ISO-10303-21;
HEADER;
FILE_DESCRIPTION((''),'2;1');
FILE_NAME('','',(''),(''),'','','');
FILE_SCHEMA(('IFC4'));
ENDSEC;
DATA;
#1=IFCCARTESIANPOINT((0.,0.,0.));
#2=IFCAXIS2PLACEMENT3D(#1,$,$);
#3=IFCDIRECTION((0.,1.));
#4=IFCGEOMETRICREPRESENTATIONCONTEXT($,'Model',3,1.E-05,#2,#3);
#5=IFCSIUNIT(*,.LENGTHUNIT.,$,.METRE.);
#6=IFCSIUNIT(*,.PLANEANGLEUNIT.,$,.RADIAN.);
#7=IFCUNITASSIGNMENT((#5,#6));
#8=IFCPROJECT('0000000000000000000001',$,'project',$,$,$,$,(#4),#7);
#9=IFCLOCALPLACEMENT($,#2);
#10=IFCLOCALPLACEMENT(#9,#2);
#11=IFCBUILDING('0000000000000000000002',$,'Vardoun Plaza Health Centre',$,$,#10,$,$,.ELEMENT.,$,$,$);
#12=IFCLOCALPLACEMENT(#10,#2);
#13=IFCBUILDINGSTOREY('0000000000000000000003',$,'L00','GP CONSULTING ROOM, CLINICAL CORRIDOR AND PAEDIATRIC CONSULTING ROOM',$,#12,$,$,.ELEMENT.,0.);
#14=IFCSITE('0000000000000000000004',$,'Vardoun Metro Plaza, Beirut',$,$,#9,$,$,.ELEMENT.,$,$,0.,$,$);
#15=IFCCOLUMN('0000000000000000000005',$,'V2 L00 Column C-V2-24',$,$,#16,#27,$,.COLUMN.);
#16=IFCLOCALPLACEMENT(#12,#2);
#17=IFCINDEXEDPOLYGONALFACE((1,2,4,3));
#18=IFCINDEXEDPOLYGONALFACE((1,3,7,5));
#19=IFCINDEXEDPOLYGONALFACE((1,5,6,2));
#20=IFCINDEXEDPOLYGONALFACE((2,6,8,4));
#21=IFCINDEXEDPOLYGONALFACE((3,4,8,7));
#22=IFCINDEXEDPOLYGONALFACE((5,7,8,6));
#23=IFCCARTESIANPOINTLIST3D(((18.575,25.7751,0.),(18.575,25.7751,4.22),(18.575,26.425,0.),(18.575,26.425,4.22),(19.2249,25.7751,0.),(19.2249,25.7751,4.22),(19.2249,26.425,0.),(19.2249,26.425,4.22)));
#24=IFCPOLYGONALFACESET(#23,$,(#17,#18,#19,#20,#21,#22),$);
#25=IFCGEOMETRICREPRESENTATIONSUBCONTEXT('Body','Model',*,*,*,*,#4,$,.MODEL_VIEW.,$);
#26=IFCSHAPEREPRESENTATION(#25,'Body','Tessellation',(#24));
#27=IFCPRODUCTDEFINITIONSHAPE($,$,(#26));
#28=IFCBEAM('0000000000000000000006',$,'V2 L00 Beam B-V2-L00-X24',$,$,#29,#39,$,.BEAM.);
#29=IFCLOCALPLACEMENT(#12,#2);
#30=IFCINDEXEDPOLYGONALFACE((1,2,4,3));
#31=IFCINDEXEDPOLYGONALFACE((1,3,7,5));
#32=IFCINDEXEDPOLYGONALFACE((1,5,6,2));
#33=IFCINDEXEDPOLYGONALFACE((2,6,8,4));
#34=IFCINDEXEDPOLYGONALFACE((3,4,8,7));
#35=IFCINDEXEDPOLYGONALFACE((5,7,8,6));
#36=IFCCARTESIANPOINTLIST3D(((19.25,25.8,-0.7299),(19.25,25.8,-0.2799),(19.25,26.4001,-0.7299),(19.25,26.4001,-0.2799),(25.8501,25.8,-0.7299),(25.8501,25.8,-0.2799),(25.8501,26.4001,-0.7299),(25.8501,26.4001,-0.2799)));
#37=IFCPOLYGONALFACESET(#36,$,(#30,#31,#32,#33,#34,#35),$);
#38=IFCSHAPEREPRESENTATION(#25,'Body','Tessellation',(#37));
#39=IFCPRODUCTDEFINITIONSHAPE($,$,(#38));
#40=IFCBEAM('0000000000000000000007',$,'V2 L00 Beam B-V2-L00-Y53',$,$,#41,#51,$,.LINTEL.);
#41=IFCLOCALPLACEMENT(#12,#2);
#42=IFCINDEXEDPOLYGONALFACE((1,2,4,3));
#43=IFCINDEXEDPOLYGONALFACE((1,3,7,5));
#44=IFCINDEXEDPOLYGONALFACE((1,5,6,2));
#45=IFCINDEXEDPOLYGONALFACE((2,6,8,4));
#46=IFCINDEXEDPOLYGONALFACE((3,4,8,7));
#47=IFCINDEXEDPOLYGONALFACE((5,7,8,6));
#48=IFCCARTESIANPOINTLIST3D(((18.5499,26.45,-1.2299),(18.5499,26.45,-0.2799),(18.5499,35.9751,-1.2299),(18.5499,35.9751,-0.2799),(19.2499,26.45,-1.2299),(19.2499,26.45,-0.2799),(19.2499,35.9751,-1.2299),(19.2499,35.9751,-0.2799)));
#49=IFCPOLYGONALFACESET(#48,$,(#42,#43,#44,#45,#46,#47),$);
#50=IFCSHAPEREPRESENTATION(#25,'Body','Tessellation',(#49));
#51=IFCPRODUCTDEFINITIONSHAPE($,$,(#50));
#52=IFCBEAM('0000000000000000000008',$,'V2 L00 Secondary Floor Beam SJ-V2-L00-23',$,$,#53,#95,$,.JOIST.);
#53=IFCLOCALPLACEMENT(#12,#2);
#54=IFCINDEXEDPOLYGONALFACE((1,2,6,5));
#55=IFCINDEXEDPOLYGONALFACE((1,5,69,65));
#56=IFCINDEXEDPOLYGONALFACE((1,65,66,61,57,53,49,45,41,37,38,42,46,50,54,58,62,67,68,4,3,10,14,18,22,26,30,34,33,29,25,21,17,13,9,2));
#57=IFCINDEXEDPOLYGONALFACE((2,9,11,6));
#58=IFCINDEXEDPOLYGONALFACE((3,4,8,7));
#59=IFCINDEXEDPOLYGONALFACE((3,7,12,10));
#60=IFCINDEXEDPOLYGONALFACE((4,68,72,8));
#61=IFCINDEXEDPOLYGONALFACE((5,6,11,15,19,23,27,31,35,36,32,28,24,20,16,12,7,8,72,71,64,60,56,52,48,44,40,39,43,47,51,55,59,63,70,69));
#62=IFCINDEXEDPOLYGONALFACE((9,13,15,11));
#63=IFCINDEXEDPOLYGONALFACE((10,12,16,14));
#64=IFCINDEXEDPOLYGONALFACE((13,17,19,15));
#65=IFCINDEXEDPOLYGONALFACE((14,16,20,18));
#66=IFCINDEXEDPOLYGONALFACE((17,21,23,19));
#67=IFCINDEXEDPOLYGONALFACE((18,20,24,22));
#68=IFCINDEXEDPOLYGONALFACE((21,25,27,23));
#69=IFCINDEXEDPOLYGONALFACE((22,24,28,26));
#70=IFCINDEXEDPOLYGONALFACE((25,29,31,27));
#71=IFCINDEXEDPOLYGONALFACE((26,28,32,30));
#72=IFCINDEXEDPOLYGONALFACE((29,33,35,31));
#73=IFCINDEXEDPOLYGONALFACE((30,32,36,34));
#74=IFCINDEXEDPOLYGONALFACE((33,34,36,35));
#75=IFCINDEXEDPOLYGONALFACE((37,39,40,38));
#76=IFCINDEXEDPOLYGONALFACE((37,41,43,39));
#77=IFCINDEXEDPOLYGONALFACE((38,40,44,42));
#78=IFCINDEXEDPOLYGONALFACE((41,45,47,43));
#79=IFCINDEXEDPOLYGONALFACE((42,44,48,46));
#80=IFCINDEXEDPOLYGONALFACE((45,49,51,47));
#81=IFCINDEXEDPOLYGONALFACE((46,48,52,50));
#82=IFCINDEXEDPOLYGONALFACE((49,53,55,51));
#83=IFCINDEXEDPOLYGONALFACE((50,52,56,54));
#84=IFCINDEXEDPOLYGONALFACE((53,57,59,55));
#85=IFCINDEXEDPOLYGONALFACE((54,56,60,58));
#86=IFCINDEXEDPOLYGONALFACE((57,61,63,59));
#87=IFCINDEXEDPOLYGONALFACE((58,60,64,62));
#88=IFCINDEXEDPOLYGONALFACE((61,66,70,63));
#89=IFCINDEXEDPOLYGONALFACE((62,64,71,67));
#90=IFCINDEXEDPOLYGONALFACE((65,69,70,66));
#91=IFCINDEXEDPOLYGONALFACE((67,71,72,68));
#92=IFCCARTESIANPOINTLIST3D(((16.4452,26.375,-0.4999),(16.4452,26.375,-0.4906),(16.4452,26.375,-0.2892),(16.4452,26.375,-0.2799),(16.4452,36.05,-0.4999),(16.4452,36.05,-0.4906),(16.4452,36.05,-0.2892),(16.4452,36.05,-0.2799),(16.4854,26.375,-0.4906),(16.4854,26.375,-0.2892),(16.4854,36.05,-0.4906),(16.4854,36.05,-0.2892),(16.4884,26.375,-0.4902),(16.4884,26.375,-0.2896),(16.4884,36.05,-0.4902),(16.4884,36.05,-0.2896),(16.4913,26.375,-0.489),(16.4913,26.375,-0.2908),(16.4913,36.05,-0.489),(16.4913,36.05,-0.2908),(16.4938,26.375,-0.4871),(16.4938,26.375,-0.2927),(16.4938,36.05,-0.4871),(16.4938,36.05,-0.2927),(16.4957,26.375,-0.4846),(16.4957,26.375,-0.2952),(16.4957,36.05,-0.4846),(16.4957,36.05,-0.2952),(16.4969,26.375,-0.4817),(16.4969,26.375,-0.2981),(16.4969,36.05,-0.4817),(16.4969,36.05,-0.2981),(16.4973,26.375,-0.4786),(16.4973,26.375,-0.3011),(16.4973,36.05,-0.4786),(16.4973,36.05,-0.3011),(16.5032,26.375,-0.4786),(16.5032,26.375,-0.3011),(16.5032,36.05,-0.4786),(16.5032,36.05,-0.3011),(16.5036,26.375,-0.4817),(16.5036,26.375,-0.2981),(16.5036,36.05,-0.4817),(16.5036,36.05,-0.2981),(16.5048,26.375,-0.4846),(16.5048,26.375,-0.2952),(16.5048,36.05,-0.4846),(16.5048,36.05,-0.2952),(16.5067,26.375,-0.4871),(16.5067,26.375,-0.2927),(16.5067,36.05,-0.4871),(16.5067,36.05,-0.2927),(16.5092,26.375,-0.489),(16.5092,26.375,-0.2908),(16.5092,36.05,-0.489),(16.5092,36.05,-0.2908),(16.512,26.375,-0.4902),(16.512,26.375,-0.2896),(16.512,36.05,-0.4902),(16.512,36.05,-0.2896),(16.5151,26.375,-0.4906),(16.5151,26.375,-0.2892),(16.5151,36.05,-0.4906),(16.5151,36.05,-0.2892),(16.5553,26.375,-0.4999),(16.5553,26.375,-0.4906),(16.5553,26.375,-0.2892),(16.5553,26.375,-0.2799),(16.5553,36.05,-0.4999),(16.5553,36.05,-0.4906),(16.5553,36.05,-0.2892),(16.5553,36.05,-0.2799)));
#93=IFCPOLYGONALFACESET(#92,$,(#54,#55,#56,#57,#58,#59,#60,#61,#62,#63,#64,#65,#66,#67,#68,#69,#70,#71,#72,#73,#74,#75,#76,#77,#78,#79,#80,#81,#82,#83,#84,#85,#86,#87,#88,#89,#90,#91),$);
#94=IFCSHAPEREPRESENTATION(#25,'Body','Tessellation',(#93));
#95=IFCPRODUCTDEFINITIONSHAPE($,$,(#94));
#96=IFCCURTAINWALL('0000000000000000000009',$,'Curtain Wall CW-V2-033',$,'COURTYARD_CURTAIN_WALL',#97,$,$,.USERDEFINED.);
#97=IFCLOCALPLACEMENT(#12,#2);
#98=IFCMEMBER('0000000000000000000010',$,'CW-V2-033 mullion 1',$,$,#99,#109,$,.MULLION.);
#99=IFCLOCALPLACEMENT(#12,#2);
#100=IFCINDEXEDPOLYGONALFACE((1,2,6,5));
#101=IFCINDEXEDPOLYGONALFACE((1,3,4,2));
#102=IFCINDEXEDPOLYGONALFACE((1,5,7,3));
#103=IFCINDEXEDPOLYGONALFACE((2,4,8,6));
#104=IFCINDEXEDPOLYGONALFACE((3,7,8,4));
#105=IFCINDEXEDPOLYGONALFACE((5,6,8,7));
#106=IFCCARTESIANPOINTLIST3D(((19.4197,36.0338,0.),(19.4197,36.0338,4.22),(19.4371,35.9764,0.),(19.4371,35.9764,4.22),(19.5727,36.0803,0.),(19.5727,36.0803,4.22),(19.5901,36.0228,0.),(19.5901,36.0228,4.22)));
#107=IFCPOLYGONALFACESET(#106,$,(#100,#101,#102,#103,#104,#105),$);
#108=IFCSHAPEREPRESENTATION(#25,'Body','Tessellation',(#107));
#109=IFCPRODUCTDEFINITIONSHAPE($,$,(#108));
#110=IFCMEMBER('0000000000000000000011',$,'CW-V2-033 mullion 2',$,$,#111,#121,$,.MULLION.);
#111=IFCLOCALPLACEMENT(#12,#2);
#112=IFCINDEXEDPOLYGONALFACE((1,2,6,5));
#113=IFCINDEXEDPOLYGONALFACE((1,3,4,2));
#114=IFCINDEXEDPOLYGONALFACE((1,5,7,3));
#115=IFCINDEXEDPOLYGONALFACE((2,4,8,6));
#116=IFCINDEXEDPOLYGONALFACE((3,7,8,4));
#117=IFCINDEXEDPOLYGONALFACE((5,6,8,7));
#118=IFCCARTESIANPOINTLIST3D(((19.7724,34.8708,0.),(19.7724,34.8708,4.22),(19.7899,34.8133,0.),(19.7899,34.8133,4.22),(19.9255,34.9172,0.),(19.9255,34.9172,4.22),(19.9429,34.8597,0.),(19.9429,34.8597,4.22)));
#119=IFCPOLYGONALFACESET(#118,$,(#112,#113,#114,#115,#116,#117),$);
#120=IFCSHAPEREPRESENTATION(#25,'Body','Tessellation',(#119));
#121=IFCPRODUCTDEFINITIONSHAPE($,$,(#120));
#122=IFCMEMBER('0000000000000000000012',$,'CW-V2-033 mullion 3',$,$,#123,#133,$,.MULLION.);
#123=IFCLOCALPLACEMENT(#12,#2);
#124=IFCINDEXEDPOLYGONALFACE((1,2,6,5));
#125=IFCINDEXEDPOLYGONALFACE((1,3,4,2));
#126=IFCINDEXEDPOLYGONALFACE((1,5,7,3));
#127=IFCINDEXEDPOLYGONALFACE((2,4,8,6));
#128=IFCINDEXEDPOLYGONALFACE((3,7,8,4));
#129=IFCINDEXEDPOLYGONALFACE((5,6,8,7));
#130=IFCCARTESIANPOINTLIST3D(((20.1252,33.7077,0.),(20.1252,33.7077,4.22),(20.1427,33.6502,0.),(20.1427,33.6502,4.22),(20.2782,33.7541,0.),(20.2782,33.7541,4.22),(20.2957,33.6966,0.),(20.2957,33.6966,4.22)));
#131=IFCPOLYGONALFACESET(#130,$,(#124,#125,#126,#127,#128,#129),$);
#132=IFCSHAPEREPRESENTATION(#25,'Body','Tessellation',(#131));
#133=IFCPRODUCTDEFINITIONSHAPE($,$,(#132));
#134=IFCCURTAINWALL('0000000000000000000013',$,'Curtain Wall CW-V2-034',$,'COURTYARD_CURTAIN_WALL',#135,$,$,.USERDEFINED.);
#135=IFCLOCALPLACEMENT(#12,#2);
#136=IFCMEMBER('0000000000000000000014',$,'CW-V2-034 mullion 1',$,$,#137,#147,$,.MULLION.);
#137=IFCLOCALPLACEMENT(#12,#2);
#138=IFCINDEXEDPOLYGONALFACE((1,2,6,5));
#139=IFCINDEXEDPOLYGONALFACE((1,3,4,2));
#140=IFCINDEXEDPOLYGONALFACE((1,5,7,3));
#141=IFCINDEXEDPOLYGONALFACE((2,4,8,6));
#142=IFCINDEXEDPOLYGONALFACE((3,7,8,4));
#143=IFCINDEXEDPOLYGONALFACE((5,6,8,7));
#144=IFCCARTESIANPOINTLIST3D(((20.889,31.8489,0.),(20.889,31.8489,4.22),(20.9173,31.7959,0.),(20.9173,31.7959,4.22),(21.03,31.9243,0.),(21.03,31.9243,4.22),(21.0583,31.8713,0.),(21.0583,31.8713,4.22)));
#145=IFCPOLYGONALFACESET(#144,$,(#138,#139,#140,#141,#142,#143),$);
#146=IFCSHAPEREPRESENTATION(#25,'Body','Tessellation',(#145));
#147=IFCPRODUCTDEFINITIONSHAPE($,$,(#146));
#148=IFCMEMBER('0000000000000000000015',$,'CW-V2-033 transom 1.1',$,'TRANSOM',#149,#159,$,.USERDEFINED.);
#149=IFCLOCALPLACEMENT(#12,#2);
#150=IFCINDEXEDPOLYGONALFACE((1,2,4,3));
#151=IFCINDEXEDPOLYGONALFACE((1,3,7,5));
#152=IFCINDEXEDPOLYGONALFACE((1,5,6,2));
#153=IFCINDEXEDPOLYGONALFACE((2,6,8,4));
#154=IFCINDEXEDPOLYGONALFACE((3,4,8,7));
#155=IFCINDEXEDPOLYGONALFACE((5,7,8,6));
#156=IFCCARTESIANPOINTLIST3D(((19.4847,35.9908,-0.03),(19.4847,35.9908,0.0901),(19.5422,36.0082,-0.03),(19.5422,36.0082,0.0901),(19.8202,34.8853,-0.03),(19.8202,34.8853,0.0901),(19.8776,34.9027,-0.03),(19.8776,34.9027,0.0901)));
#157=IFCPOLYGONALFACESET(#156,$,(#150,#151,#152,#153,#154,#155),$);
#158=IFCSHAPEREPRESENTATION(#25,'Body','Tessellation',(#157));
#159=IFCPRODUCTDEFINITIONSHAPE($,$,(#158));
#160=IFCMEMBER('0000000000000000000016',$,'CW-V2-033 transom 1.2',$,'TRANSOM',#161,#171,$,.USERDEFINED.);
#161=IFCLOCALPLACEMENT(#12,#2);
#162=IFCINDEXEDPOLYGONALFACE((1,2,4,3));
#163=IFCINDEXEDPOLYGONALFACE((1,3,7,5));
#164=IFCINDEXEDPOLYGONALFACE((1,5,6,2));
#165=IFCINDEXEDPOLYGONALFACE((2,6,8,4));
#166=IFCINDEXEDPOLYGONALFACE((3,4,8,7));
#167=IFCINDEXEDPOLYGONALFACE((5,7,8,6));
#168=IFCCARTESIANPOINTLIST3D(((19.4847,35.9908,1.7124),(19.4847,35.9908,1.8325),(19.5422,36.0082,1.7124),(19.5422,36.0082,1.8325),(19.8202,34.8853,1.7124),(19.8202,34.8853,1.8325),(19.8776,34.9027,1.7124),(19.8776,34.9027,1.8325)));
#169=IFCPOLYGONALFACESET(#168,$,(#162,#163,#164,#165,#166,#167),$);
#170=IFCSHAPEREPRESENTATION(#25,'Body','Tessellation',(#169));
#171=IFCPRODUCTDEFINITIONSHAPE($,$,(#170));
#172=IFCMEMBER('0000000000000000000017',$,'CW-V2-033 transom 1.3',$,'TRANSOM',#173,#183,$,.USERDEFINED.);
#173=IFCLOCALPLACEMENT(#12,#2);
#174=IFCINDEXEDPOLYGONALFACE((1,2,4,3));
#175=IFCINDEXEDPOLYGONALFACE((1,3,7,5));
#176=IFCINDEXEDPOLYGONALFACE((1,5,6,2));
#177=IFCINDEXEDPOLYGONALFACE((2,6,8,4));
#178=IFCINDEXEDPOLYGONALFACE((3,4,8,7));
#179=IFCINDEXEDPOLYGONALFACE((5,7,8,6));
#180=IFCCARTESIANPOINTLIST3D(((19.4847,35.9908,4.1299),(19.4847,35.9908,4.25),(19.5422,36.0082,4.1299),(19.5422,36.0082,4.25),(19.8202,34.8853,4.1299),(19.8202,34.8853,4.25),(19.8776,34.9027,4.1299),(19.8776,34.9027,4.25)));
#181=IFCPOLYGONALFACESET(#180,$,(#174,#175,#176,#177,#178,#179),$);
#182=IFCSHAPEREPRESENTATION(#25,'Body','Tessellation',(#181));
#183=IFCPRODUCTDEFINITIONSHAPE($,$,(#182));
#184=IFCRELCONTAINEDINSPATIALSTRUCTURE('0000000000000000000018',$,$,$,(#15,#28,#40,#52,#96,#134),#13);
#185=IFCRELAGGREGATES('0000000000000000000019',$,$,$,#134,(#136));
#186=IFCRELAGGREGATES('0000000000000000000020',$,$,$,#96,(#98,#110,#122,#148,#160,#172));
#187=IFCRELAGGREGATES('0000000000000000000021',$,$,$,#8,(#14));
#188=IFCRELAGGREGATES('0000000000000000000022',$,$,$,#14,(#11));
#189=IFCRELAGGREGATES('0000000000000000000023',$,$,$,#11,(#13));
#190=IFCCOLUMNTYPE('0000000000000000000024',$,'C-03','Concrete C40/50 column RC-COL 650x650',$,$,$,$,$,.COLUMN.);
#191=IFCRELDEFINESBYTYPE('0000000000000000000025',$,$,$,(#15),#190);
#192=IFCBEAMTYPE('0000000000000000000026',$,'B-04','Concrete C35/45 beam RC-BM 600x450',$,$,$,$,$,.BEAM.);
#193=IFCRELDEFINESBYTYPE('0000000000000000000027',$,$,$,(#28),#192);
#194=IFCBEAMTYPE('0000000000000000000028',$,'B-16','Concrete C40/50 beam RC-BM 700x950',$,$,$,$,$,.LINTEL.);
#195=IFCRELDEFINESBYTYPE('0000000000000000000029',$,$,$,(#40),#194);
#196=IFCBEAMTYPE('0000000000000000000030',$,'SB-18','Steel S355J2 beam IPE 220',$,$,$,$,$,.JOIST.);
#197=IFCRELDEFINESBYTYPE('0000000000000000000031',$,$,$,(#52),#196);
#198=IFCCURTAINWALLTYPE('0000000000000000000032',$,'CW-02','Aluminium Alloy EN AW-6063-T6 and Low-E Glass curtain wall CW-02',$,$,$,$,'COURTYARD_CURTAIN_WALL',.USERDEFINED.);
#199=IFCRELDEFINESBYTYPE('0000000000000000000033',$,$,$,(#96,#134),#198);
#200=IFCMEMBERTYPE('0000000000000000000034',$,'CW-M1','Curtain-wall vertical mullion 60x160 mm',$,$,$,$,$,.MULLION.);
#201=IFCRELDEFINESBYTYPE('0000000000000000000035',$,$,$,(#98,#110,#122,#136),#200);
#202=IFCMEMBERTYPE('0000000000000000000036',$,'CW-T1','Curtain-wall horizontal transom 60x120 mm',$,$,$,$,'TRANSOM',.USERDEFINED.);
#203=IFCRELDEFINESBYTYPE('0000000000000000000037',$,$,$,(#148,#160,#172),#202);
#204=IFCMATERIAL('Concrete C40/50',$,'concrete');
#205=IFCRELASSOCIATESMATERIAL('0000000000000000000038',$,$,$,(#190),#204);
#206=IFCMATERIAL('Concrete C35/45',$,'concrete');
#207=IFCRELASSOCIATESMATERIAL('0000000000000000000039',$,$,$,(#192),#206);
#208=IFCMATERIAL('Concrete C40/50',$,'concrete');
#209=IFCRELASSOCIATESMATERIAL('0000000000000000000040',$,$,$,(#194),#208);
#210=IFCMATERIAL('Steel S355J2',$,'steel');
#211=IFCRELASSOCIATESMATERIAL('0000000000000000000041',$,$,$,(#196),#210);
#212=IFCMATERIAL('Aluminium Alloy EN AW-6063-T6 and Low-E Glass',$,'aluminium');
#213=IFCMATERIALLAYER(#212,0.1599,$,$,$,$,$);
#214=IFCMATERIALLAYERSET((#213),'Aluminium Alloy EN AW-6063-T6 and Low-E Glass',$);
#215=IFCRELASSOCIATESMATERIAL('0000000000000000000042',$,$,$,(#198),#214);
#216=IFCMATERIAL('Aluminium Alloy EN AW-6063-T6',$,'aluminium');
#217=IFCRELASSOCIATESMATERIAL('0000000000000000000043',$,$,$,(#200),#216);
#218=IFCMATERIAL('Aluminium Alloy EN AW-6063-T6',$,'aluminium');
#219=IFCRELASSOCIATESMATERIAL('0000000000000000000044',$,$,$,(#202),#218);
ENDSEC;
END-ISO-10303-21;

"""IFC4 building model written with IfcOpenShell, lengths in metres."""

from ifc_helpers import new_model, si_unit, direction, frame, origin, origin_2d, place, context, subcontext, project, spatial, rectangle, i_section, extrude, material, layer, layer_set, material_profile, profile_set, type_object, element, aggregate, save


model = new_model("IFC4")

# Units and contexts
model_context = context("Model", 3, precision=1e-05, world=origin(), true_north=direction((0.0, 1.0)))
body_context = subcontext(model_context, "Body", "Model", "MODEL_VIEW")
ifc_project = project(units=[si_unit("LENGTHUNIT", "METRE"), si_unit("PLANEANGLEUNIT", "RADIAN")], contexts=[model_context])

# Site, building, storey
site_placement = place(None, origin())
site = spatial("IfcSite", under=ifc_project, at=site_placement, Name="Vardoun Metro Plaza, Beirut", CompositionType="ELEMENT", RefElevation=0.0)
building_placement = place(site_placement, origin())
building = spatial("IfcBuilding", under=site, at=building_placement, Name="Vardoun Plaza Health Centre", CompositionType="ELEMENT")
storey_placement = place(building_placement, origin())
storey = spatial("IfcBuildingStorey", under=building, at=storey_placement, Name="L00", Description="GP CONSULTING ROOM, CLINICAL CORRIDOR AND PAEDIATRIC CONSULTING ROOM", CompositionType="ELEMENT", Elevation=0.0)

# Column
ifc_material_1 = material(Name="Concrete C40/50", Category="concrete")
ifc_material_profile_1 = material_profile(ifc_material_1, rectangle(XDim=0.6499, YDim=0.6499, at=origin_2d()), Name="RC-COL 650x650")
ifc_profile_set_1 = profile_set([ifc_material_profile_1], Name="Concrete C40/50")
column_type = type_object("IfcColumnType", Name="C-03", Description="Concrete C40/50 column RC-COL 650x650", PredefinedType="COLUMN", material=ifc_profile_set_1)
column_placement = place(storey_placement, frame((18.8999, 26.1001, 0.0), z_axis=(0.0, 0.0, 1.0), x_axis=(1.0, 0.0, 0.0)))
element("IfcColumn", 1, at=column_placement, inside=storey, type_object=column_type, Name="V2 L00 Column C-V2-24", PredefinedType="COLUMN", context=body_context, shape_type="SweptSolid", body=[
    extrude(rectangle(XDim=0.6499, YDim=0.6499, at=origin_2d()), origin(), (0.0, 0.0, 1.0), 4.22),
])

# Beams
ifc_material_2 = material(Name="Concrete C35/45", Category="concrete")
ifc_material_profile_2 = material_profile(ifc_material_2, rectangle(XDim=0.6001, YDim=0.45, at=origin_2d()), Name="RC-BM 600x450")
ifc_profile_set_2 = profile_set([ifc_material_profile_2], Name="Concrete C35/45")
beam_type_1 = type_object("IfcBeamType", Name="B-04", Description="Concrete C35/45 beam RC-BM 600x450", PredefinedType="BEAM", material=ifc_profile_set_2)
beam_1_placement = place(storey_placement, frame((19.25, 26.1001, -0.5049), z_axis=(1.0, 0.0, 0.0), x_axis=(0.0, 1.0, 0.0)))
element("IfcBeam", 2, at=beam_1_placement, inside=storey, type_object=beam_type_1, Name="V2 L00 Beam B-V2-L00-X24", PredefinedType="BEAM", context=body_context, shape_type="SweptSolid", body=[
    extrude(rectangle(XDim=0.6001, YDim=0.45, at=origin_2d()), origin(), (0.0, 0.0, 1.0), 6.6001),
])
ifc_material_3 = material(Name="Concrete C40/50", Category="concrete")
ifc_material_profile_3 = material_profile(ifc_material_3, rectangle(XDim=0.7, YDim=0.95, at=origin_2d()), Name="RC-BM 700x950")
ifc_profile_set_3 = profile_set([ifc_material_profile_3], Name="Concrete C40/50")
beam_type_2 = type_object("IfcBeamType", Name="B-16", Description="Concrete C40/50 beam RC-BM 700x950", PredefinedType="LINTEL", material=ifc_profile_set_3)
beam_2_placement = place(storey_placement, frame((18.8999, 26.45, -0.7549), z_axis=(0.0, 1.0, 0.0), x_axis=(-1.0, 0.0, 0.0)))
element("IfcBeam", 3, at=beam_2_placement, inside=storey, type_object=beam_type_2, Name="V2 L00 Beam B-V2-L00-Y53", PredefinedType="LINTEL", context=body_context, shape_type="SweptSolid", body=[
    extrude(rectangle(XDim=0.7, YDim=0.95, at=origin_2d()), origin(), (0.0, 0.0, 1.0), 9.5251),
])
ifc_material_4 = material(Name="Steel S355J2", Category="steel")
ifc_material_profile_4 = material_profile(ifc_material_4, i_section(OverallWidth=0.1101, OverallDepth=0.22, WebThickness=0.0059, FlangeThickness=0.0093, FilletRadius=0.012, at=origin_2d()), Name="IPE 220")
ifc_profile_set_4 = profile_set([ifc_material_profile_4], Name="Steel S355J2")
beam_type_3 = type_object("IfcBeamType", Name="SB-18", Description="Steel S355J2 beam IPE 220", PredefinedType="JOIST", material=ifc_profile_set_4)
beam_3_placement = place(storey_placement, frame((16.5002, 26.375, -0.3899), z_axis=(0.0, 1.0, 0.0), x_axis=(-1.0, 0.0, 0.0)))
element("IfcBeam", 4, at=beam_3_placement, inside=storey, type_object=beam_type_3, Name="V2 L00 Secondary Floor Beam SJ-V2-L00-23", PredefinedType="JOIST", context=body_context, shape_type="SweptSolid", body=[
    extrude(i_section(OverallWidth=0.1101, OverallDepth=0.22, WebThickness=0.0059, FlangeThickness=0.0093, FilletRadius=0.012, at=origin_2d()), origin(), (0.0, 0.0, 1.0), 9.675),
])

# Curtain wall, members
ifc_material_5 = material(Name="Aluminium Alloy EN AW-6063-T6 and Low-E Glass", Category="aluminium")
ifc_layer_1 = layer(ifc_material_5, 0.1599)
ifc_layer_set_1 = layer_set([ifc_layer_1], Name="Aluminium Alloy EN AW-6063-T6 and Low-E Glass")
curtain_wall_type = type_object("IfcCurtainWallType", Name="CW-02", Description="Aluminium Alloy EN AW-6063-T6 and Low-E Glass curtain wall CW-02", ElementType="COURTYARD_CURTAIN_WALL", PredefinedType="USERDEFINED", material=ifc_layer_set_1)
curtain_wall_1_placement = place(storey_placement, origin())
curtain_wall_1 = element("IfcCurtainWall", 5, at=curtain_wall_1_placement, inside=storey, type_object=curtain_wall_type, Name="Curtain Wall CW-V2-033", ObjectType="COURTYARD_CURTAIN_WALL", PredefinedType="USERDEFINED")
ifc_material_6 = material(Name="Aluminium Alloy EN AW-6063-T6", Category="aluminium")
ifc_material_profile_5 = material_profile(ifc_material_6, rectangle(XDim=0.1599, YDim=0.0601, at=origin_2d()), Name="CWM 60x160")
ifc_profile_set_5 = profile_set([ifc_material_profile_5], Name="Aluminium Alloy EN AW-6063-T6")
member_type_1 = type_object("IfcMemberType", Name="CW-M1", Description="Curtain-wall vertical mullion 60x160 mm", PredefinedType="MULLION", material=ifc_profile_set_5)
member_1_placement = place(storey_placement, frame((19.5049, 36.0283, 0.0), z_axis=(0.0, 0.0, 1.0), x_axis=(0.956936, 0.2903, 0.0)))
member_1 = element("IfcMember", 6, at=member_1_placement, type_object=member_type_1, Name="CW-V2-033 mullion 1", PredefinedType="MULLION", context=body_context, shape_type="SweptSolid", body=[
    extrude(rectangle(XDim=0.1599, YDim=0.0601, at=origin_2d()), origin(), (0.0, 0.0, 1.0), 4.22),
])
member_2_placement = place(storey_placement, frame((19.8577, 34.8652, 0.0), z_axis=(0.0, 0.0, 1.0), x_axis=(0.956936, 0.2903, 0.0)))
member_2 = element("IfcMember", 7, at=member_2_placement, type_object=member_type_1, Name="CW-V2-033 mullion 2", PredefinedType="MULLION", context=body_context, shape_type="SweptSolid", body=[
    extrude(rectangle(XDim=0.1599, YDim=0.0601, at=origin_2d()), origin(), (0.0, 0.0, 1.0), 4.22),
])
member_3_placement = place(storey_placement, frame((20.2104, 33.7021, 0.0), z_axis=(0.0, 0.0, 1.0), x_axis=(0.956936, 0.2903, 0.0)))
member_3 = element("IfcMember", 8, at=member_3_placement, type_object=member_type_1, Name="CW-V2-033 mullion 3", PredefinedType="MULLION", context=body_context, shape_type="SweptSolid", body=[
    extrude(rectangle(XDim=0.1599, YDim=0.0601, at=origin_2d()), origin(), (0.0, 0.0, 1.0), 4.22),
])

# Curtain wall, member
curtain_wall_2_placement = place(storey_placement, origin())
curtain_wall_2 = element("IfcCurtainWall", 9, at=curtain_wall_2_placement, inside=storey, type_object=curtain_wall_type, Name="Curtain Wall CW-V2-034", ObjectType="COURTYARD_CURTAIN_WALL", PredefinedType="USERDEFINED")
member_4_placement = place(storey_placement, frame((20.9736, 31.8601, 0.0), z_axis=(0.0, 0.0, 1.0), x_axis=(0.881922, 0.471395, 0.0)))
member_4 = element("IfcMember", 10, at=member_4_placement, type_object=member_type_1, Name="CW-V2-034 mullion 1", PredefinedType="MULLION", context=body_context, shape_type="SweptSolid", body=[
    extrude(rectangle(XDim=0.1599, YDim=0.0601, at=origin_2d()), origin(), (0.0, 0.0, 1.0), 4.22),
])
aggregate(curtain_wall_2, [member_4])

# Members
ifc_material_7 = material(Name="Aluminium Alloy EN AW-6063-T6", Category="aluminium")
ifc_material_profile_6 = material_profile(ifc_material_7, rectangle(XDim=0.0601, YDim=0.1201, at=origin_2d()), Name="CWT 60x120")
ifc_profile_set_6 = profile_set([ifc_material_profile_6], Name="Aluminium Alloy EN AW-6063-T6")
member_type_2 = type_object("IfcMemberType", Name="CW-T1", Description="Curtain-wall horizontal transom 60x120 mm", ElementType="TRANSOM", PredefinedType="USERDEFINED", material=ifc_profile_set_6)
member_5_placement = place(storey_placement, frame((19.5134, 35.9995, 0.03), z_axis=(0.290371, -0.956914, 0.0), x_axis=(0.956914, 0.290371, 0.0)))
member_5 = element("IfcMember", 11, at=member_5_placement, type_object=member_type_2, Name="CW-V2-033 transom 1.1", ObjectType="TRANSOM", PredefinedType="USERDEFINED", context=body_context, shape_type="SweptSolid", body=[
    extrude(rectangle(XDim=0.0601, YDim=0.1201, at=origin_2d()), origin(), (0.0, 0.0, 1.0), 1.1553),
])
member_6_placement = place(storey_placement, frame((19.5134, 35.9995, 1.7725), z_axis=(0.290371, -0.956914, 0.0), x_axis=(0.956914, 0.290371, 0.0)))
member_6 = element("IfcMember", 12, at=member_6_placement, type_object=member_type_2, Name="CW-V2-033 transom 1.2", ObjectType="TRANSOM", PredefinedType="USERDEFINED", context=body_context, shape_type="SweptSolid", body=[
    extrude(rectangle(XDim=0.0601, YDim=0.1201, at=origin_2d()), origin(), (0.0, 0.0, 1.0), 1.1553),
])
member_7_placement = place(storey_placement, frame((19.5134, 35.9995, 4.1899), z_axis=(0.290371, -0.956914, 0.0), x_axis=(0.956914, 0.290371, 0.0)))
member_7 = element("IfcMember", 13, at=member_7_placement, type_object=member_type_2, Name="CW-V2-033 transom 1.3", ObjectType="TRANSOM", PredefinedType="USERDEFINED", context=body_context, shape_type="SweptSolid", body=[
    extrude(rectangle(XDim=0.0601, YDim=0.1201, at=origin_2d()), origin(), (0.0, 0.0, 1.0), 1.1553),
])

aggregate(curtain_wall_1, [member_1, member_2, member_3, member_5, member_6, member_7])

save(model, "model.ifc")
